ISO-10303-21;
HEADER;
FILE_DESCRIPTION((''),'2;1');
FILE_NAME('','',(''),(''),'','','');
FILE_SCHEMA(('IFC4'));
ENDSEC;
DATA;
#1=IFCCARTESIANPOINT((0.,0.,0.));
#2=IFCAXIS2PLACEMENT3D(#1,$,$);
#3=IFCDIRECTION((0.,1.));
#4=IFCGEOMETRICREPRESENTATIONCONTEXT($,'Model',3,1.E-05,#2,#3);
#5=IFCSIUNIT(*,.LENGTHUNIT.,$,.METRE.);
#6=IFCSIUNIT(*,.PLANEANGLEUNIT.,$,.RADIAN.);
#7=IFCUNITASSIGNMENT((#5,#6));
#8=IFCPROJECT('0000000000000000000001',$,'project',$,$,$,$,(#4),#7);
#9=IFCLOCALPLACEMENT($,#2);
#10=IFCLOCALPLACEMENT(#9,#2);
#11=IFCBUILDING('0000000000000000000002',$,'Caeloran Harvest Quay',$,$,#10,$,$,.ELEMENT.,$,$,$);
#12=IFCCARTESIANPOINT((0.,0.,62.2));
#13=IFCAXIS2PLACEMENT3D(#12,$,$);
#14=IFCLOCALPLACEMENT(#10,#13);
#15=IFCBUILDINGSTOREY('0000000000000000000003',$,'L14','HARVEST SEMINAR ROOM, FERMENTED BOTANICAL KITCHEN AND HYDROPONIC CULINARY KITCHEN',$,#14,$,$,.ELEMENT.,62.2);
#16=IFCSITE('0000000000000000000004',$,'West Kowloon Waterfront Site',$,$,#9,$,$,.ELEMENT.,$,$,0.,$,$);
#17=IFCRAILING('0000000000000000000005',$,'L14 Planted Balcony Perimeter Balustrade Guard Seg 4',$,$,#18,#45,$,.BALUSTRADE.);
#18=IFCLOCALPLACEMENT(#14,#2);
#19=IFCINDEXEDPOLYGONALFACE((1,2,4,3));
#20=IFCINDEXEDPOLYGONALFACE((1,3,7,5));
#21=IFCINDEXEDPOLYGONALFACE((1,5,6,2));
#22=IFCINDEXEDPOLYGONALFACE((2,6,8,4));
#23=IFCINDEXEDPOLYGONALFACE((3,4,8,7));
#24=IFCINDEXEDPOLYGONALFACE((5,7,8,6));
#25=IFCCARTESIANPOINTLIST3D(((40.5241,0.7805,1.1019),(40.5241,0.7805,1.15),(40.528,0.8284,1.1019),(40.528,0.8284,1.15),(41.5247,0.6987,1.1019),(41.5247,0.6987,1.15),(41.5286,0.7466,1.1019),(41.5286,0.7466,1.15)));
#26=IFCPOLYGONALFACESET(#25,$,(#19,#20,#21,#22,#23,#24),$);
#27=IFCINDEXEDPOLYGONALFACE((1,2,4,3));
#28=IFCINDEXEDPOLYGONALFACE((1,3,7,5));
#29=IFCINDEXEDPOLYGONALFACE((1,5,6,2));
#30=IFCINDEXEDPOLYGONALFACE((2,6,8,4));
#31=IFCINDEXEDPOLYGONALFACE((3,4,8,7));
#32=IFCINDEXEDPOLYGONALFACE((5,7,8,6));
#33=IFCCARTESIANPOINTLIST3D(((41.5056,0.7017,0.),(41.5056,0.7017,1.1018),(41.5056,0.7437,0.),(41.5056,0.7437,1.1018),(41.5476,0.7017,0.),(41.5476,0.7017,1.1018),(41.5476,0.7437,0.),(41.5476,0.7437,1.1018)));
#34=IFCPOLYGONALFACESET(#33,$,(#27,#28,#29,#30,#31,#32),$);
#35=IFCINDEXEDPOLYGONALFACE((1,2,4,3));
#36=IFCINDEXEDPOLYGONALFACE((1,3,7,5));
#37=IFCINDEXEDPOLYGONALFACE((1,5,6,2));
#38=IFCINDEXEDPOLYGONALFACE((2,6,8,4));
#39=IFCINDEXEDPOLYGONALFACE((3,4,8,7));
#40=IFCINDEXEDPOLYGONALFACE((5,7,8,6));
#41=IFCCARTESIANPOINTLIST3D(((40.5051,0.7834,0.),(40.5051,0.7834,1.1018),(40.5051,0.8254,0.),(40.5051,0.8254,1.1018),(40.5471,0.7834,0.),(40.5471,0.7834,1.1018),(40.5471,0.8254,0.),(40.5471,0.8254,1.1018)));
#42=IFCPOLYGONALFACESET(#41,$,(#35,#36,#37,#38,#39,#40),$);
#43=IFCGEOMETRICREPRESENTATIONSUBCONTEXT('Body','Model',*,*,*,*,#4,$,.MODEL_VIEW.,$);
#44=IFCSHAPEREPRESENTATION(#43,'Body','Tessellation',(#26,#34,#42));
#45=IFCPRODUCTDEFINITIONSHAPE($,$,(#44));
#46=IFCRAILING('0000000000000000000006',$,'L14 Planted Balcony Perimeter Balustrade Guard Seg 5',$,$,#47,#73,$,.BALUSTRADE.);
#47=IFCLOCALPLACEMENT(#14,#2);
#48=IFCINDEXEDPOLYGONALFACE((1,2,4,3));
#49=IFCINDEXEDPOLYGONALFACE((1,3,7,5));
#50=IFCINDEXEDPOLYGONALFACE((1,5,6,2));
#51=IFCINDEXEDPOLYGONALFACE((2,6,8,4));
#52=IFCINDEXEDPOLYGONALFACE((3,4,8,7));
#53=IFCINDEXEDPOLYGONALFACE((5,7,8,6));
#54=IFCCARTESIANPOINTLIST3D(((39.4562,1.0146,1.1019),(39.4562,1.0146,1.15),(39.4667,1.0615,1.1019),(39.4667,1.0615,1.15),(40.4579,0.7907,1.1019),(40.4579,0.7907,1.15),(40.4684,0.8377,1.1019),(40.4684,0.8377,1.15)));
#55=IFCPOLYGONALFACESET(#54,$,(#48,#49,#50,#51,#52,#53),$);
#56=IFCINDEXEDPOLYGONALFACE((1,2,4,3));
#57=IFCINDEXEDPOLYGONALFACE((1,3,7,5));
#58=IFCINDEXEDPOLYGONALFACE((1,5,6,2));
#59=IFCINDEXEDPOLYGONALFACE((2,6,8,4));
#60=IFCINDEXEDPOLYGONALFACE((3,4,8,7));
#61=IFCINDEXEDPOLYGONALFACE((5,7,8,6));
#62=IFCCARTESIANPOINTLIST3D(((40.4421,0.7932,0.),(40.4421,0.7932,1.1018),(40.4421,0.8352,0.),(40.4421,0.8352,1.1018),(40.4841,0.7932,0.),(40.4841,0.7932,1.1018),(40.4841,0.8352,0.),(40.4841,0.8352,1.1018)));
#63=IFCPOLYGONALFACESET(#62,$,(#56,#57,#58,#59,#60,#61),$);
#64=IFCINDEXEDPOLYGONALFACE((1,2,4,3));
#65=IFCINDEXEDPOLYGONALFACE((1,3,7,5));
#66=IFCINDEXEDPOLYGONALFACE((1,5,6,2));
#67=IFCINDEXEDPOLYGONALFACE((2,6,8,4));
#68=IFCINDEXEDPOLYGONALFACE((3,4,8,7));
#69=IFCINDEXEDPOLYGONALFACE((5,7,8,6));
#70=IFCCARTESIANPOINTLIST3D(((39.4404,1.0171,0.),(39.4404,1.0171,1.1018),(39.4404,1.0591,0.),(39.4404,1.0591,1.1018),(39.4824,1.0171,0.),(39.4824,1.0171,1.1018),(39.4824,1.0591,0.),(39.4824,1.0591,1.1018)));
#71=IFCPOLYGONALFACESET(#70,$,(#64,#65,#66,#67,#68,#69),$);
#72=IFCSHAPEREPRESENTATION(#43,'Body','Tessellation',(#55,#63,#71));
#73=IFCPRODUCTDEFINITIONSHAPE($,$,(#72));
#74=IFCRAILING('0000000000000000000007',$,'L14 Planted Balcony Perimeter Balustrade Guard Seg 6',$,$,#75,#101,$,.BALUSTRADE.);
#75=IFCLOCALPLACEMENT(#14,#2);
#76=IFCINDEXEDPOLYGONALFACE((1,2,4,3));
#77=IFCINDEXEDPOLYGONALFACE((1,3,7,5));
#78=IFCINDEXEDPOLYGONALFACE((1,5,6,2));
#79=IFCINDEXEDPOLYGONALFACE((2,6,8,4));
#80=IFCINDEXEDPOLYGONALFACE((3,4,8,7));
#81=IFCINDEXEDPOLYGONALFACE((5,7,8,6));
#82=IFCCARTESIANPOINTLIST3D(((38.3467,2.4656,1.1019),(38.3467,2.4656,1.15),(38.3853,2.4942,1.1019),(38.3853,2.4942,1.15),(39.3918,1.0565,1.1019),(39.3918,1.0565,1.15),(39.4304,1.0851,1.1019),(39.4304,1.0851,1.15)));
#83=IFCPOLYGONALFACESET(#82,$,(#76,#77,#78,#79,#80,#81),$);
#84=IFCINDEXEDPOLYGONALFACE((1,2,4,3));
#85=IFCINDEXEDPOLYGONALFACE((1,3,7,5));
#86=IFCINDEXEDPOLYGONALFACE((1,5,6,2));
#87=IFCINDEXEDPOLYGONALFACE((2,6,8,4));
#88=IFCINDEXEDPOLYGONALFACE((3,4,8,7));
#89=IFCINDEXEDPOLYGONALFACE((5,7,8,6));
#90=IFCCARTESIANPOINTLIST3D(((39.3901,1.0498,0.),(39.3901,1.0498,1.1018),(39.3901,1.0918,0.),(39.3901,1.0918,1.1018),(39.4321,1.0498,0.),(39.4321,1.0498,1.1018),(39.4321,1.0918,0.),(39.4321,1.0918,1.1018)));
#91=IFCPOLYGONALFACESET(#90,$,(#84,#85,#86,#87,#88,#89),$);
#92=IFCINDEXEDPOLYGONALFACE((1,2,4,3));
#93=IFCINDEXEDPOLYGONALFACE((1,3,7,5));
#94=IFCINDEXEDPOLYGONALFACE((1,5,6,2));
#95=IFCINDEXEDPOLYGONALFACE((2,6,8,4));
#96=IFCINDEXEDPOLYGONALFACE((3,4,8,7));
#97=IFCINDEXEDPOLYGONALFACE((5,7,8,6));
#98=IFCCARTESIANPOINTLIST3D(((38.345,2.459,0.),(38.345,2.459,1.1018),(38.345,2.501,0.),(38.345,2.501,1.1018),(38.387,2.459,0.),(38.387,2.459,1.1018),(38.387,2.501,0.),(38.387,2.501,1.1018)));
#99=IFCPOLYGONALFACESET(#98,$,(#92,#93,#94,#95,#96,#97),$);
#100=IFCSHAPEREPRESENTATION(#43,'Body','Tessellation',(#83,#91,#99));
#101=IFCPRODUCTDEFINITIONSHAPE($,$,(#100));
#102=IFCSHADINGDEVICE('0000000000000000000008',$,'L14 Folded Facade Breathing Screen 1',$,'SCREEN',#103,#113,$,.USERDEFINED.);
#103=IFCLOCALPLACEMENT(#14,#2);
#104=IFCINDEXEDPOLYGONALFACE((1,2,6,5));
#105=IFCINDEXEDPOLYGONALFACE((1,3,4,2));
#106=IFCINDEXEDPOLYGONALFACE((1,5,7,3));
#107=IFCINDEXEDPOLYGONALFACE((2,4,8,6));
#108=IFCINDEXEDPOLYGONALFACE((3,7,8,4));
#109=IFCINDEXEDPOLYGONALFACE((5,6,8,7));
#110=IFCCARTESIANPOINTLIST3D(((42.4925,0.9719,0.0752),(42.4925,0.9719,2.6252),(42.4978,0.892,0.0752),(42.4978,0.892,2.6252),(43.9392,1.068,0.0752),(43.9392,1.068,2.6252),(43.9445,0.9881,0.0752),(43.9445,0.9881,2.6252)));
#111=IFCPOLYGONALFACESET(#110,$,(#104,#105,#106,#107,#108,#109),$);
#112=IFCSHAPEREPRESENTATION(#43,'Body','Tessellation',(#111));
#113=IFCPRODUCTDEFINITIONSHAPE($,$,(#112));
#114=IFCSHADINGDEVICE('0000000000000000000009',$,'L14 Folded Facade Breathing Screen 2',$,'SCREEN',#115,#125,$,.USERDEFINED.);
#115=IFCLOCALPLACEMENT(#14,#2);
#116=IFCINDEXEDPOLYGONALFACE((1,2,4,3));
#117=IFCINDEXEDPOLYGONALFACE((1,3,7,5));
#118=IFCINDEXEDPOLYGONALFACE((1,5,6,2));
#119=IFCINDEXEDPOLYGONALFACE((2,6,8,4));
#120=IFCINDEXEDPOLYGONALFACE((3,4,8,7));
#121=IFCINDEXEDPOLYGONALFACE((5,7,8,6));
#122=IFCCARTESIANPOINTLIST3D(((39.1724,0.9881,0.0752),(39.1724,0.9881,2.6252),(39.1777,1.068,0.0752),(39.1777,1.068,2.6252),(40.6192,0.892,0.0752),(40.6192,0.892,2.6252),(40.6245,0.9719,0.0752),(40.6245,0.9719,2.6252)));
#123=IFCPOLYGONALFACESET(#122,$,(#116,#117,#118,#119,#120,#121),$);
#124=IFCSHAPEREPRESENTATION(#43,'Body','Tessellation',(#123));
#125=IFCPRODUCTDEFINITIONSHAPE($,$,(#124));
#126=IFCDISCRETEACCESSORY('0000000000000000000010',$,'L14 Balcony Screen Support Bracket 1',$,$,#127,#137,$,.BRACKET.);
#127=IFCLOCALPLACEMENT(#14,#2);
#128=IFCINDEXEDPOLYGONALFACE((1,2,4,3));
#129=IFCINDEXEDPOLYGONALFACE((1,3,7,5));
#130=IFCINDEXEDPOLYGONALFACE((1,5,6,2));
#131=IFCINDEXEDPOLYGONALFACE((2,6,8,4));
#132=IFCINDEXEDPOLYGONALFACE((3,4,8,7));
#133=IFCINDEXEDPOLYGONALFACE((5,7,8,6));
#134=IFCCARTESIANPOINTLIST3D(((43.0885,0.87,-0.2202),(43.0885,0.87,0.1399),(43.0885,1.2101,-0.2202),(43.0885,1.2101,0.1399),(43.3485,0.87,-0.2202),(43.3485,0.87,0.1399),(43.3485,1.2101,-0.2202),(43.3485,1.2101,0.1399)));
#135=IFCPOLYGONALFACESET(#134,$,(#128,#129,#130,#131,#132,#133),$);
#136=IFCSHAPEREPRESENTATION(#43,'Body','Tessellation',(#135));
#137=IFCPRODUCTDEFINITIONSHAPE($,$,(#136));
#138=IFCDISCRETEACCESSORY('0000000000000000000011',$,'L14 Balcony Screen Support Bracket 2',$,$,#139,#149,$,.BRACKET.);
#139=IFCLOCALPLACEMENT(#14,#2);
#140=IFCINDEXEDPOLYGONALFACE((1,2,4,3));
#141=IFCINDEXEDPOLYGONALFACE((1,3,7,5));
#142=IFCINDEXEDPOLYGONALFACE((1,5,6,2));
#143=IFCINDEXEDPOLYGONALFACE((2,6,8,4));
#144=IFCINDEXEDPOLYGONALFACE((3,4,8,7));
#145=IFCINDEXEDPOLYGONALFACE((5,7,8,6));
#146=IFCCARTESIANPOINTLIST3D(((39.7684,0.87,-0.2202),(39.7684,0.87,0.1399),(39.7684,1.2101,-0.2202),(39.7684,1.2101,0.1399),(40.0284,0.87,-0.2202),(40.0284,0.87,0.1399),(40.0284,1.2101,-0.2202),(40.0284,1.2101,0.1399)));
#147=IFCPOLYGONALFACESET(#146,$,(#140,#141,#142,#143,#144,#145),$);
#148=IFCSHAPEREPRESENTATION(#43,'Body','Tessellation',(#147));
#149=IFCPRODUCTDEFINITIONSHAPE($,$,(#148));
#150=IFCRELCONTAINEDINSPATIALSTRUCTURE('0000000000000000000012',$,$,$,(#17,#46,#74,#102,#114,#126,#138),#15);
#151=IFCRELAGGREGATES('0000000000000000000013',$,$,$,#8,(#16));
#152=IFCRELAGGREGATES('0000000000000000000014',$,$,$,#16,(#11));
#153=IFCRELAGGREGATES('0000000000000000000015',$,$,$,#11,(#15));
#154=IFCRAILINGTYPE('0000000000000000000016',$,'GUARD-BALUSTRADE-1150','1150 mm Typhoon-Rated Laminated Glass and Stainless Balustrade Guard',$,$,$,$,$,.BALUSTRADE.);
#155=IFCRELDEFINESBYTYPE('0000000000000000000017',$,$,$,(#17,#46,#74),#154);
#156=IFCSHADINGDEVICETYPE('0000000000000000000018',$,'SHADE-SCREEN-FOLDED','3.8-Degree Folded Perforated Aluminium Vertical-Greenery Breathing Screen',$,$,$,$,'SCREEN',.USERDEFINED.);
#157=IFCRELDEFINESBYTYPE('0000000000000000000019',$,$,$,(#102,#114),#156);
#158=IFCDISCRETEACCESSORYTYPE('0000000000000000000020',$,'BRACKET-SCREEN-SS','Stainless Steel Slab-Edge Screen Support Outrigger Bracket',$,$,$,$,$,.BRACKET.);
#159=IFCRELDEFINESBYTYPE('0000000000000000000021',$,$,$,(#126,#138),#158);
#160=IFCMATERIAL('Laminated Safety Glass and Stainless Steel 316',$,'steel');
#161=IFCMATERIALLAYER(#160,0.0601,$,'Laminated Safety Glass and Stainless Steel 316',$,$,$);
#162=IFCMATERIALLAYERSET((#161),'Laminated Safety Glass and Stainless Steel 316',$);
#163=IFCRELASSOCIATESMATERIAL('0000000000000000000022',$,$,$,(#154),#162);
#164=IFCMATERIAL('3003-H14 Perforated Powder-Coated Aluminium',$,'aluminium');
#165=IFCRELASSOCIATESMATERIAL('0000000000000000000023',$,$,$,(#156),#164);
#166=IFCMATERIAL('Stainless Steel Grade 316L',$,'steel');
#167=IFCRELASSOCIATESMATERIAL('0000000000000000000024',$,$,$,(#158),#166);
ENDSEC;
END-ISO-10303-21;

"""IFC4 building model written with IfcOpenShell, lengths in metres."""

from ifc_helpers import new_model, si_unit, direction, frame, origin, origin_2d, place, context, subcontext, project, spatial, rectangle, extrude, material, layer, layer_set, type_object, element, save


model = new_model("IFC4")

# Units and contexts
model_context = context("Model", 3, precision=1e-05, world=origin(), true_north=direction((0.0, 1.0)))
body_context = subcontext(model_context, "Body", "Model", "MODEL_VIEW")
ifc_project = project(units=[si_unit("LENGTHUNIT", "METRE"), si_unit("PLANEANGLEUNIT", "RADIAN")], contexts=[model_context])

# Site, building, storey
site_placement = place(None, origin())
site = spatial("IfcSite", under=ifc_project, at=site_placement, Name="West Kowloon Waterfront Site", CompositionType="ELEMENT", RefElevation=0.0)
building_placement = place(site_placement, origin())
building = spatial("IfcBuilding", under=site, at=building_placement, Name="Caeloran Harvest Quay", CompositionType="ELEMENT")
storey_placement = place(building_placement, frame((0.0, 0.0, 62.2)))
storey = spatial("IfcBuildingStorey", under=building, at=storey_placement, Name="L14", Description="HARVEST SEMINAR ROOM, FERMENTED BOTANICAL KITCHEN AND HYDROPONIC CULINARY KITCHEN", CompositionType="ELEMENT", Elevation=62.2)

# Railings
ifc_material_1 = material(Name="Laminated Safety Glass and Stainless Steel 316", Category="steel")
ifc_layer_1 = layer(ifc_material_1, 0.0601, Name="Laminated Safety Glass and Stainless Steel 316")
ifc_layer_set_1 = layer_set([ifc_layer_1], Name="Laminated Safety Glass and Stainless Steel 316")
railing_type_1 = type_object("IfcRailingType", Name="GUARD-BALUSTRADE-1150", Description="1150 mm Typhoon-Rated Laminated Glass and Stainless Balustrade Guard", PredefinedType="BALUSTRADE", material=ifc_layer_set_1)
railing_1_placement = place(storey_placement, frame((41.5266, 0.7227, 0.0)))
element("IfcRailing", 1, at=railing_1_placement, inside=storey, type_object=railing_type_1, Name="L14 Planted Balcony Perimeter Balustrade Guard Seg 4", PredefinedType="BALUSTRADE", context=body_context, shape_type="SweptSolid", body=[
    extrude(rectangle(XDim=0.0481, YDim=0.0481, at=origin_2d()), frame((0.0, 0.0, 1.126), z_axis=(-0.996675, 0.081475, 0.0), x_axis=(-0.081475, -0.996675, 0.0)), (0.0, 0.0, 1.0), 1.0039),
    extrude(rectangle(XDim=0.042, YDim=0.042, at=origin_2d()), origin(), (0.0, 0.0, 1.0), 1.1018),
    extrude(rectangle(XDim=0.042, YDim=0.042, at=origin_2d()), frame((-1.0005, 0.0818, 0.0)), (0.0, 0.0, 1.0), 1.1018),
])
railing_2_placement = place(storey_placement, frame((40.4631, 0.8142, 0.0)))
element("IfcRailing", 2, at=railing_2_placement, inside=storey, type_object=railing_type_1, Name="L14 Planted Balcony Perimeter Balustrade Guard Seg 5", PredefinedType="BALUSTRADE", context=body_context, shape_type="SweptSolid", body=[
    extrude(rectangle(XDim=0.0481, YDim=0.0481, at=origin_2d()), frame((0.0, 0.0, 1.126), z_axis=(-0.975923, 0.218114, 0.0), x_axis=(-0.218114, -0.975923, 0.0)), (0.0, 0.0, 1.0), 1.0264),
    extrude(rectangle(XDim=0.042, YDim=0.042, at=origin_2d()), origin(), (0.0, 0.0, 1.0), 1.1018),
    extrude(rectangle(XDim=0.042, YDim=0.042, at=origin_2d()), frame((-1.0017, 0.2239, 0.0)), (0.0, 0.0, 1.0), 1.1018),
])
railing_3_placement = place(storey_placement, frame((39.4111, 1.0708, 0.0)))
element("IfcRailing", 3, at=railing_3_placement, inside=storey, type_object=railing_type_1, Name="L14 Planted Balcony Perimeter Balustrade Guard Seg 6", PredefinedType="BALUSTRADE", context=body_context, shape_type="SweptSolid", body=[
    extrude(rectangle(XDim=0.0481, YDim=0.0481, at=origin_2d()), frame((0.0, 0.0, 1.126), z_axis=(-0.595717, 0.803195, 0.0), x_axis=(-0.803195, -0.595717, 0.0)), (0.0, 0.0, 1.0), 1.7544),
    extrude(rectangle(XDim=0.042, YDim=0.042, at=origin_2d()), origin(), (0.0, 0.0, 1.0), 1.1018),
    extrude(rectangle(XDim=0.042, YDim=0.042, at=origin_2d()), frame((-1.0452, 1.4092, 0.0)), (0.0, 0.0, 1.0), 1.1018),
])

# Shading devices
ifc_material_2 = material(Name="3003-H14 Perforated Powder-Coated Aluminium", Category="aluminium")
shading_device_type = type_object("IfcShadingDeviceType", Name="SHADE-SCREEN-FOLDED", Description="3.8-Degree Folded Perforated Aluminium Vertical-Greenery Breathing Screen", ElementType="SCREEN", PredefinedType="USERDEFINED", material=ifc_material_2)
for number, where, z_axis, x_axis, name in (
    (4, (43.2185, 0.98, 0.0752), (0.0, 0.0, 1.0), (0.997801, 0.066274, 0.0), "L14 Folded Facade Breathing Screen 1"),
    (5, (39.8984, 0.98, 0.0752), (0.0, 0.0, 1.0), (0.997801, -0.066274, 0.0), "L14 Folded Facade Breathing Screen 2"),
):
    element("IfcShadingDevice", number, at=place(storey_placement, frame(where, z_axis=z_axis, x_axis=x_axis)), inside=storey, type_object=shading_device_type, Name=name, ObjectType="SCREEN", PredefinedType="USERDEFINED", context=body_context, shape_type="SweptSolid", body=[
        extrude(rectangle(XDim=1.45, YDim=0.0801, at=origin_2d()), origin(), (0.0, 0.0, 1.0), 2.55),
    ])

# Discrete accessories
ifc_material_3 = material(Name="Stainless Steel Grade 316L", Category="steel")
discrete_accessory_type = type_object("IfcDiscreteAccessoryType", Name="BRACKET-SCREEN-SS", Description="Stainless Steel Slab-Edge Screen Support Outrigger Bracket", PredefinedType="BRACKET", material=ifc_material_3)
for number, where, z_axis, x_axis, name in (
    (6, (43.2185, 1.04, -0.2202), (0.0, 0.0, 1.0), (1.0, 0.0, 0.0), "L14 Balcony Screen Support Bracket 1"),
    (7, (39.8984, 1.04, -0.2202), (0.0, 0.0, 1.0), (1.0, 0.0, 0.0), "L14 Balcony Screen Support Bracket 2"),
):
    element("IfcDiscreteAccessory", number, at=place(storey_placement, frame(where, z_axis=z_axis, x_axis=x_axis)), inside=storey, type_object=discrete_accessory_type, Name=name, PredefinedType="BRACKET", context=body_context, shape_type="SweptSolid", body=[
        extrude(rectangle(XDim=0.26, YDim=0.3401, at=origin_2d()), origin(), (0.0, 0.0, 1.0), 0.3601),
    ])

save(model, "model.ifc")
